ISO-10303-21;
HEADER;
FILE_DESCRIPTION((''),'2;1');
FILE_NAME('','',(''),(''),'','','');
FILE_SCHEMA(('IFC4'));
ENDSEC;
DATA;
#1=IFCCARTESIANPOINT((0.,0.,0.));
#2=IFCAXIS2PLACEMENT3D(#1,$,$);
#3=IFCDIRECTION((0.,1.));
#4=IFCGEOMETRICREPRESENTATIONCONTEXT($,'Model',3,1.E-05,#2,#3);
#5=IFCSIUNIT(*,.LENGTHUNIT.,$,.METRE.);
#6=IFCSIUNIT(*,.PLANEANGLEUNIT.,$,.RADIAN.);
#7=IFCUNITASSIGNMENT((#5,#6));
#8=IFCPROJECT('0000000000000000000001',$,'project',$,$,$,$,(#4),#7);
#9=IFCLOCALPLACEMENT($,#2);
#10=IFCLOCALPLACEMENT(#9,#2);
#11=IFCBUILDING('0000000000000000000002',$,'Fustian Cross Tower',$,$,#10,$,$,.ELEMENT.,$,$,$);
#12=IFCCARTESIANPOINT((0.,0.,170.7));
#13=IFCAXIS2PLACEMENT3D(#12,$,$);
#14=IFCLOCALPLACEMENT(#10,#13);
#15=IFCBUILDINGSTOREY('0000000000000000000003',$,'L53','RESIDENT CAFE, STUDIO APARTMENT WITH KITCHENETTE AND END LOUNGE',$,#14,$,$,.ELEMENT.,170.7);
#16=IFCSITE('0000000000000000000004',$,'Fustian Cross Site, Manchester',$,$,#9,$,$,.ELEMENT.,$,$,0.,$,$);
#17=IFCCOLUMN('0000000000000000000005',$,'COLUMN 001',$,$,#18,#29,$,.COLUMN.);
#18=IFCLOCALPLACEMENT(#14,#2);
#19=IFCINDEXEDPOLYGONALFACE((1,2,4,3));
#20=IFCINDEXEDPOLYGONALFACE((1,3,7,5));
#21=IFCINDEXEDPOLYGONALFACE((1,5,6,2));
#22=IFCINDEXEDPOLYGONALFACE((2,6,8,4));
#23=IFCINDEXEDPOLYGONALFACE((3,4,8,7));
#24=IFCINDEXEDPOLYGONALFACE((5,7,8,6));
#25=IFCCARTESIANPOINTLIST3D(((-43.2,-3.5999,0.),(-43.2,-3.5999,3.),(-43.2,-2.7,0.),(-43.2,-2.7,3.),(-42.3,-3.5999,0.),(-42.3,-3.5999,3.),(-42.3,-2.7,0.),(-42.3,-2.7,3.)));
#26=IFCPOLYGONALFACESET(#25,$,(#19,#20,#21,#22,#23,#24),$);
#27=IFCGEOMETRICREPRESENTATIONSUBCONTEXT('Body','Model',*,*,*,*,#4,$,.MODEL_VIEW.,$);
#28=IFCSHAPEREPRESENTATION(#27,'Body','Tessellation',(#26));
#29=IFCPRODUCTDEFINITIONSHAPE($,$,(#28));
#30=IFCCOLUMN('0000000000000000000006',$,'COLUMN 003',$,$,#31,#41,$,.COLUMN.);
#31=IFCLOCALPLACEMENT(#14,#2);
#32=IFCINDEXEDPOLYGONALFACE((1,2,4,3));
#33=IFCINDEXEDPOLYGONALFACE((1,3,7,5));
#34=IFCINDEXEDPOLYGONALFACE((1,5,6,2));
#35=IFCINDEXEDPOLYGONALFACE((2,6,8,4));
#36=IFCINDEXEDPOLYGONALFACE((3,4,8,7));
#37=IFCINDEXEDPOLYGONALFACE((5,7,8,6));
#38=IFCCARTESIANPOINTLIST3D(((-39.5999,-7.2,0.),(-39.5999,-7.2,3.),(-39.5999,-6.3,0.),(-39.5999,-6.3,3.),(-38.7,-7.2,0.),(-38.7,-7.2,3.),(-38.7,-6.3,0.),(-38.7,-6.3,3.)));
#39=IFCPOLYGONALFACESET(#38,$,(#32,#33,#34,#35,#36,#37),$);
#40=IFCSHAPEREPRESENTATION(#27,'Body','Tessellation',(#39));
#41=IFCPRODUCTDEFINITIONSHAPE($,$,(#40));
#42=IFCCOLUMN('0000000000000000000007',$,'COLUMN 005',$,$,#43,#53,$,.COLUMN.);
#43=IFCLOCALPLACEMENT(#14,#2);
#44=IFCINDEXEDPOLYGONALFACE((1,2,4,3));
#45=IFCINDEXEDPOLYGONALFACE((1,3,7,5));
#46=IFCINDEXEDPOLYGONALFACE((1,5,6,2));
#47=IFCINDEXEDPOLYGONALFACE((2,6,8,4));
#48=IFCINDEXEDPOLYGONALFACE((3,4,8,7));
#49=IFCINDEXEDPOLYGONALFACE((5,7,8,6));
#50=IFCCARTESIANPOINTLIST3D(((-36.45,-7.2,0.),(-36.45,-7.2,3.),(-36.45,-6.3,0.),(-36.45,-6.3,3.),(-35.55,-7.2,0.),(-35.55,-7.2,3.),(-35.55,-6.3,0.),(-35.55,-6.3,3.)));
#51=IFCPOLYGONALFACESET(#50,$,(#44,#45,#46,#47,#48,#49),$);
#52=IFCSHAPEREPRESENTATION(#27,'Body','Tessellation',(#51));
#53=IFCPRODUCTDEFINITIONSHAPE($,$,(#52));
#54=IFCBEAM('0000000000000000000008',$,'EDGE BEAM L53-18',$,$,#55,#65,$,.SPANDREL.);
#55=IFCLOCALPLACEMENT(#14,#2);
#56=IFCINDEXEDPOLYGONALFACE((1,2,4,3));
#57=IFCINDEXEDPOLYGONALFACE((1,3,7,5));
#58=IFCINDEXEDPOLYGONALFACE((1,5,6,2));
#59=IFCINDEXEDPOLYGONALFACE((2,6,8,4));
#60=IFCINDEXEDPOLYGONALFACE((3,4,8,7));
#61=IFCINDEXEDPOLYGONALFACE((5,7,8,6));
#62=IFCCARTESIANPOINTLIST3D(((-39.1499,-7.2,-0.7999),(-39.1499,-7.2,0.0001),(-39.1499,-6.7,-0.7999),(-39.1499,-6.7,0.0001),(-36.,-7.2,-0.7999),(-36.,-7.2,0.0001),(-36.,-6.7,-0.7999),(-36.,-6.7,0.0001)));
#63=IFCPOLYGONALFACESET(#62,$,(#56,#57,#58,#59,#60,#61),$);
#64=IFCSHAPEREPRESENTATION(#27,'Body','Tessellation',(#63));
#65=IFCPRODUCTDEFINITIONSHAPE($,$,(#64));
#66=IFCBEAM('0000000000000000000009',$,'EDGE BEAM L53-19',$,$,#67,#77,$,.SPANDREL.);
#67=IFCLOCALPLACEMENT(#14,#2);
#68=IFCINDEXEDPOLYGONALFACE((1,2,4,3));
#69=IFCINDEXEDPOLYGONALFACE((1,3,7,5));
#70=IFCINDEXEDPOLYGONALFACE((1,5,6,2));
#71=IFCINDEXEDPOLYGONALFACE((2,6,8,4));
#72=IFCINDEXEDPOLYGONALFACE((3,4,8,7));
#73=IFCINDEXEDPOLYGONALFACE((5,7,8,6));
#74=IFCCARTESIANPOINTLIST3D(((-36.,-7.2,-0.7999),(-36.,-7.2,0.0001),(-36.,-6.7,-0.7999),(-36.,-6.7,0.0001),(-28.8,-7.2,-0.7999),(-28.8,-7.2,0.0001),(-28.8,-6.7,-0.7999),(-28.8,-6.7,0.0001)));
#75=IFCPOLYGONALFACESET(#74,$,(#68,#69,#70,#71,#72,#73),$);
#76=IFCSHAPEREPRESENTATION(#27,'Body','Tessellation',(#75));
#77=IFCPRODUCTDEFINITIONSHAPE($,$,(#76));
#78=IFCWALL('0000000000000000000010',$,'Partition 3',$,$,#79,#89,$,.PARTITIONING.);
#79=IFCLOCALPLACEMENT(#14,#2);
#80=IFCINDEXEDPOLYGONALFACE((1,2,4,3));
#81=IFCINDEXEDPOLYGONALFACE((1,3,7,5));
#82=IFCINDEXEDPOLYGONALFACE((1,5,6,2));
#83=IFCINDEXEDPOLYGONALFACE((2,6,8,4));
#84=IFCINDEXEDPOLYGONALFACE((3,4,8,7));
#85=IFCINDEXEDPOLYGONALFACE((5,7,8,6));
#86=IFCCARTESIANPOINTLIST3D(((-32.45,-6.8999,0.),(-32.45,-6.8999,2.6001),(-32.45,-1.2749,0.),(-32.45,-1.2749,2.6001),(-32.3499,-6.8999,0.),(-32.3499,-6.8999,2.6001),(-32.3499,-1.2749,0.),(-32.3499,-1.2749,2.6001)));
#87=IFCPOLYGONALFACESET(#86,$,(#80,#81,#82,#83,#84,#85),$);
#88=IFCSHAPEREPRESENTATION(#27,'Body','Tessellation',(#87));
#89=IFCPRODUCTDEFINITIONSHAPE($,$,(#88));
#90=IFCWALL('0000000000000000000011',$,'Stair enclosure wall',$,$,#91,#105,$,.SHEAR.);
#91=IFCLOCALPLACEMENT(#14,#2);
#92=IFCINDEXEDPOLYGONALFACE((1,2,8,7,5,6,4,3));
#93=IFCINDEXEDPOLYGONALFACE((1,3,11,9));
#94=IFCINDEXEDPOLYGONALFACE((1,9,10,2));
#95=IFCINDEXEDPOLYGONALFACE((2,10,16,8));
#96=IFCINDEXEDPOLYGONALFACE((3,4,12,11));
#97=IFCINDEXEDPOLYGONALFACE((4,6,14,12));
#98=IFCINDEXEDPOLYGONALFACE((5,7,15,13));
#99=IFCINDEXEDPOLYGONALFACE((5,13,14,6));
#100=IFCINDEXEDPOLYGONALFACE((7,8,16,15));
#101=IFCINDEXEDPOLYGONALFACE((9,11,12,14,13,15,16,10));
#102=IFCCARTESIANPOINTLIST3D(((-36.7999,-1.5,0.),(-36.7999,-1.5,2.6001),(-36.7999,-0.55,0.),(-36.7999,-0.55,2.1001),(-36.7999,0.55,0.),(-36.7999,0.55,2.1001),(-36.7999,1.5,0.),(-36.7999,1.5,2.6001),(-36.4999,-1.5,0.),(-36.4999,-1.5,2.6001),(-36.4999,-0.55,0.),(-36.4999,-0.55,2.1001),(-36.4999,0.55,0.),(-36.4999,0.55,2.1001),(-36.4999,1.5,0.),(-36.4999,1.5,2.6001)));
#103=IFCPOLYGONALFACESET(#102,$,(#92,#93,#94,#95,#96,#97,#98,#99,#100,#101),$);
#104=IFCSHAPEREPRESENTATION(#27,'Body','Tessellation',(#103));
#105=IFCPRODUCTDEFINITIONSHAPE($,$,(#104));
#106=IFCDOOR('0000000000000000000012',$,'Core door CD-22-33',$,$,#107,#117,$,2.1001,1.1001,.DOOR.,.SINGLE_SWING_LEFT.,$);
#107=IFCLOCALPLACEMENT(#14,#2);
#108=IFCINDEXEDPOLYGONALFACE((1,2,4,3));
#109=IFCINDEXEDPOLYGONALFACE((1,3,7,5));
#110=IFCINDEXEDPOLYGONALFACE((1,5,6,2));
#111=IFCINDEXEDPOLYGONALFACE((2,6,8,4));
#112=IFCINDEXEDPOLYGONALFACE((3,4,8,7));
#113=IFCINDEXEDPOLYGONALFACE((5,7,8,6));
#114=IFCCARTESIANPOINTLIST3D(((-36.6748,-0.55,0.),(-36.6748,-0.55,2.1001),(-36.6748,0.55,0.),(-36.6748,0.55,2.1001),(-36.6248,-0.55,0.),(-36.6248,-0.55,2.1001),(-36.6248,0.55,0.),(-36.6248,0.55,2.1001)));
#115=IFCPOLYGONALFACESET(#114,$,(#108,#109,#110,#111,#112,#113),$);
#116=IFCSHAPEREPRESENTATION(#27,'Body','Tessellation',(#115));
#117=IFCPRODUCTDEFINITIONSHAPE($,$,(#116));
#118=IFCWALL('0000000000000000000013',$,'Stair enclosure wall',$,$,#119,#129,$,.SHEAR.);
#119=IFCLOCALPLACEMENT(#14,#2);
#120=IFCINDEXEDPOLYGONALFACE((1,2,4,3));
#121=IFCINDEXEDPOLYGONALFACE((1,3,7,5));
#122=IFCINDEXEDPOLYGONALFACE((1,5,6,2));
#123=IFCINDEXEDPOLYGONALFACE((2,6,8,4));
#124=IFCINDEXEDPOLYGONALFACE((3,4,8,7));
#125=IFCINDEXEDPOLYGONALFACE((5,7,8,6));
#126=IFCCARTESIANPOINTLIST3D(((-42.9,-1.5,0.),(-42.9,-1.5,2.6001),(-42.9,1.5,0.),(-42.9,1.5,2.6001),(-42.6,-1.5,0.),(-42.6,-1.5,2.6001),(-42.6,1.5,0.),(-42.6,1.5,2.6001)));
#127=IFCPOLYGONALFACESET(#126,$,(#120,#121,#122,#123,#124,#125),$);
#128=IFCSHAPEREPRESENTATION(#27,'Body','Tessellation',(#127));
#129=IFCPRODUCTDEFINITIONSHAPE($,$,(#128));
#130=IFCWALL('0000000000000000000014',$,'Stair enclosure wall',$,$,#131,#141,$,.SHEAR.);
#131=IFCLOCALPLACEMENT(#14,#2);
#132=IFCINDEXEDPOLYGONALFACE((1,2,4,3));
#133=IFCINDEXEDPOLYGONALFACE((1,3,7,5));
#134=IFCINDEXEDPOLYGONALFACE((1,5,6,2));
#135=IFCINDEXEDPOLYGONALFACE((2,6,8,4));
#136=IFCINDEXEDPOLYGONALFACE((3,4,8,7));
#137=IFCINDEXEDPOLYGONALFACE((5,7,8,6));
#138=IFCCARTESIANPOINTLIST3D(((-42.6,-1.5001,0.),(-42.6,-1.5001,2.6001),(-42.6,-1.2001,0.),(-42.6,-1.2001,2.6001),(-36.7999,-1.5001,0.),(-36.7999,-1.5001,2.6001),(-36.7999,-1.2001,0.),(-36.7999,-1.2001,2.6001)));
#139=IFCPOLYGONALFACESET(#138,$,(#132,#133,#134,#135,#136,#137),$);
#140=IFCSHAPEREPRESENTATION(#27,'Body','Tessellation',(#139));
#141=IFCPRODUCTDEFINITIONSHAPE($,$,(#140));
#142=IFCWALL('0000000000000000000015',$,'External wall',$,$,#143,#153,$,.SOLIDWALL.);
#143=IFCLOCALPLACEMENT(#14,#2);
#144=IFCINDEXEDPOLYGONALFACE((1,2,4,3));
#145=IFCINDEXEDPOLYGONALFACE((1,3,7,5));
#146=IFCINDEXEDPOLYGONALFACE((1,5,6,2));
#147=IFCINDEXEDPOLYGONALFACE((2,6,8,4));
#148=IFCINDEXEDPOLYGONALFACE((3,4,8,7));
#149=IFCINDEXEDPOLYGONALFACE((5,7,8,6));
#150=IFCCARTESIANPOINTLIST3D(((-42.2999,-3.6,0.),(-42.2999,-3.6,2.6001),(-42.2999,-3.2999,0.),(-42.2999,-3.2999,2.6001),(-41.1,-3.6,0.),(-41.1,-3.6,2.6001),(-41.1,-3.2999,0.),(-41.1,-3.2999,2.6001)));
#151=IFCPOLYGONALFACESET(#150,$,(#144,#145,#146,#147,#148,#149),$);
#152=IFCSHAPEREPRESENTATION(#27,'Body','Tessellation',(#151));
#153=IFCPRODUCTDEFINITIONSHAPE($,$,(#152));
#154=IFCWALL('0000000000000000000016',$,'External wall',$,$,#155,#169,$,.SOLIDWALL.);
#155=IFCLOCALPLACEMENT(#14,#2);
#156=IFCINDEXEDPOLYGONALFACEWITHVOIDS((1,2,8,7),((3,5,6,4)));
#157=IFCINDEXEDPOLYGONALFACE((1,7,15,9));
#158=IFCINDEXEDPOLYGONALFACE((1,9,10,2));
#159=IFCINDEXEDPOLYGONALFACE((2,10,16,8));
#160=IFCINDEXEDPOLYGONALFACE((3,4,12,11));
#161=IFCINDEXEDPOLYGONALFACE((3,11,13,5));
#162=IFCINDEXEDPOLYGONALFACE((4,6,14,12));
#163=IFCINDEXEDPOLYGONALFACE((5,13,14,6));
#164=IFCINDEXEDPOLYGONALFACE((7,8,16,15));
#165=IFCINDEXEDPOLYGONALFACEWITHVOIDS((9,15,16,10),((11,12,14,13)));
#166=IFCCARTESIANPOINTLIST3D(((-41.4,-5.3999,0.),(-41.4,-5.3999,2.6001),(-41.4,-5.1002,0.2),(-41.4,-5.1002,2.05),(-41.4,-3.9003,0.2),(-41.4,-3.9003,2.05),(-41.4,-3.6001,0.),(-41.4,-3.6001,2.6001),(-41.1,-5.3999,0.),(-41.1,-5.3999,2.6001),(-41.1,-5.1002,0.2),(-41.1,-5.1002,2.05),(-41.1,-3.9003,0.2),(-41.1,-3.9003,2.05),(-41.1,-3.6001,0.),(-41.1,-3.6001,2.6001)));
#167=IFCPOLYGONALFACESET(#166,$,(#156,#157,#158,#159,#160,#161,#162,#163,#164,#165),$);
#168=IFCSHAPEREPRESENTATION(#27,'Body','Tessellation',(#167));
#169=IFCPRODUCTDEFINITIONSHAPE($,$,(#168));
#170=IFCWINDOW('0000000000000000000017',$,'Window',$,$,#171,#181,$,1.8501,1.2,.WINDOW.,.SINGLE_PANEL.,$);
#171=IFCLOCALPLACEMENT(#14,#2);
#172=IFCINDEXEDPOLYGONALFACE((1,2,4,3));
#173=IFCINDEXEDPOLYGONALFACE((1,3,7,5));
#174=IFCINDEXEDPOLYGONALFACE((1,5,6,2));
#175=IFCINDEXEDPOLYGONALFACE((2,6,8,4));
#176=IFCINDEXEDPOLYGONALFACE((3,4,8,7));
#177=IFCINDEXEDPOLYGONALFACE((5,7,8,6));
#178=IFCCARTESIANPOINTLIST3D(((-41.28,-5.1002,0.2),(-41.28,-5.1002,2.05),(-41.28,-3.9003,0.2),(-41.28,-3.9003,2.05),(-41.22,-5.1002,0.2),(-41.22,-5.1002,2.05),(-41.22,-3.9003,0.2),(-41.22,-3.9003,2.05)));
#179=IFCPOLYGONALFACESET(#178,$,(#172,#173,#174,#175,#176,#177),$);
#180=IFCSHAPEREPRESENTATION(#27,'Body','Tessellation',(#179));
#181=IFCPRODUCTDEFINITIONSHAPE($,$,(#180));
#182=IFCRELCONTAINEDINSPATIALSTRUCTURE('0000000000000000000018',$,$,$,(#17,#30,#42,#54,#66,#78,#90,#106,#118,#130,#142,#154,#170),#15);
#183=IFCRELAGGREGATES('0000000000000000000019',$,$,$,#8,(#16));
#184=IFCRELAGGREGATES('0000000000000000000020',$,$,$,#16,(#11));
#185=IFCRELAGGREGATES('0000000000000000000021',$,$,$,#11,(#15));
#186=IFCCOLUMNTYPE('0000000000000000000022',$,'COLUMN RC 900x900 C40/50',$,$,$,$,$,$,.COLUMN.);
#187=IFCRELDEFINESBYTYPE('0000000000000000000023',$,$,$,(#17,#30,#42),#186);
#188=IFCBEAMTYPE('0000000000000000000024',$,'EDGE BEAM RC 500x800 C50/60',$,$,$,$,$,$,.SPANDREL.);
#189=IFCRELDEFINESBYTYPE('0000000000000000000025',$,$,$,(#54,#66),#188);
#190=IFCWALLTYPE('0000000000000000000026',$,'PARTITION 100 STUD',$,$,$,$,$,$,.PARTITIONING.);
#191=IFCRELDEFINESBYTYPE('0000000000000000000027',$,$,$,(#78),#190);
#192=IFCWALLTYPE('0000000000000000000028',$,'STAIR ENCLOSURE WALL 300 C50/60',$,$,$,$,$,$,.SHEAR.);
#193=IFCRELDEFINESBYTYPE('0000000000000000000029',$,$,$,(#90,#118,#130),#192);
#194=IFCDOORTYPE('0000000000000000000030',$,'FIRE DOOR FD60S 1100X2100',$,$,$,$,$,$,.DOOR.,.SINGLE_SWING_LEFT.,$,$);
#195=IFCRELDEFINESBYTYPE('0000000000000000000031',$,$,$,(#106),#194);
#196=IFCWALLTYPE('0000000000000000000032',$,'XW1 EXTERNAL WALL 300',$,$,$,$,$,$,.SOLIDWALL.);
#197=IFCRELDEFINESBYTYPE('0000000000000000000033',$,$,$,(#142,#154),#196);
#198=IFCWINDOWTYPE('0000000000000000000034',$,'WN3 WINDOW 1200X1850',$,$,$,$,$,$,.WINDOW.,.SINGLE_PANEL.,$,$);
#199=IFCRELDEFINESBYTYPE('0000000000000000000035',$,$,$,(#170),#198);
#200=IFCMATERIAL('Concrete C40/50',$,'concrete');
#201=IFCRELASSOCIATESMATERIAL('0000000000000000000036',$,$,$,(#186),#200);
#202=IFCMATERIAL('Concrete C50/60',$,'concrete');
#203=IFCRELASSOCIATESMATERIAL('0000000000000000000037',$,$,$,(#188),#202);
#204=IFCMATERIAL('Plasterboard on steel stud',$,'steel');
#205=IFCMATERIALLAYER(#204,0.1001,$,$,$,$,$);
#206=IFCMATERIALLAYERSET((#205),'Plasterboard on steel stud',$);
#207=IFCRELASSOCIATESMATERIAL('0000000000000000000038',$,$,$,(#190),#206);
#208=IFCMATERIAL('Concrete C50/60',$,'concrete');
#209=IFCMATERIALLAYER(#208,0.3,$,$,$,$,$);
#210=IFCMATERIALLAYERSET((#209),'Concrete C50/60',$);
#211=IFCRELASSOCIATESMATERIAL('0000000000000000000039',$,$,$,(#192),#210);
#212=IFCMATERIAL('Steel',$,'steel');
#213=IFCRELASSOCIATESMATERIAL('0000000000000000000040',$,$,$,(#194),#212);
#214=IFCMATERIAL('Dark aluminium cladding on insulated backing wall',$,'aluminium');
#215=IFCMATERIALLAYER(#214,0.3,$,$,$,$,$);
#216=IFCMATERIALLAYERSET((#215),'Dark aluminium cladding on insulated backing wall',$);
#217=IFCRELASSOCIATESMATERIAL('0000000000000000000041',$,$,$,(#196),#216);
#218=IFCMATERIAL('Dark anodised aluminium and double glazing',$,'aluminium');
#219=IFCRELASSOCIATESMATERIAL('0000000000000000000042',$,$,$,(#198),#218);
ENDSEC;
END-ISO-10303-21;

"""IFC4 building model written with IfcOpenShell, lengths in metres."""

from ifc_helpers import new_model, si_unit, direction, frame, frame_2d, origin, origin_2d, place, context, subcontext, project, spatial, rectangle, extrude, material, layer, layer_set, material_profile, profile_set, type_object, element, fill, save


model = new_model("IFC4")

# Units and contexts
model_context = context("Model", 3, precision=1e-05, world=origin(), true_north=direction((0.0, 1.0)))
body_context = subcontext(model_context, "Body", "Model", "MODEL_VIEW")
ifc_project = project(units=[si_unit("LENGTHUNIT", "METRE"), si_unit("PLANEANGLEUNIT", "RADIAN")], contexts=[model_context])

# Site, building, storey
site_placement = place(None, origin())
site = spatial("IfcSite", under=ifc_project, at=site_placement, Name="Fustian Cross Site, Manchester", CompositionType="ELEMENT", RefElevation=0.0)
building_placement = place(site_placement, origin())
building = spatial("IfcBuilding", under=site, at=building_placement, Name="Fustian Cross Tower", CompositionType="ELEMENT")
storey_placement = place(building_placement, frame((0.0, 0.0, 170.7)))
storey = spatial("IfcBuildingStorey", under=building, at=storey_placement, Name="L53", Description="RESIDENT CAFE, STUDIO APARTMENT WITH KITCHENETTE AND END LOUNGE", CompositionType="ELEMENT", Elevation=170.7)

# Columns
ifc_material_1 = material(Name="Concrete C40/50", Category="concrete")
ifc_material_profile_1 = material_profile(ifc_material_1, rectangle(XDim=0.8999, YDim=0.8999, at=origin_2d()), Name="RC 900x900")
ifc_profile_set_1 = profile_set([ifc_material_profile_1], Name="Concrete C40/50")
column_type = type_object("IfcColumnType", Name="COLUMN RC 900x900 C40/50", PredefinedType="COLUMN", material=ifc_profile_set_1)
for number, where, z_axis, x_axis, name in (
    (1, (-42.75, -3.1499, 0.0), (0.0, 0.0, 1.0), (1.0, 0.0, 0.0), "COLUMN 001"),
    (2, (-39.1499, -6.75, 0.0), (0.0, 0.0, 1.0), (1.0, 0.0, 0.0), "COLUMN 003"),
    (3, (-36.0, -6.75, 0.0), (0.0, 0.0, 1.0), (1.0, 0.0, 0.0), "COLUMN 005"),
):
    element("IfcColumn", number, at=place(storey_placement, frame(where, z_axis=z_axis, x_axis=x_axis)), inside=storey, type_object=column_type, Name=name, PredefinedType="COLUMN", context=body_context, shape_type="SweptSolid", body=[
        extrude(rectangle(XDim=0.8999, YDim=0.8999, at=origin_2d()), origin(), (0.0, 0.0, 1.0), 3.0),
    ])

# Beams
ifc_material_2 = material(Name="Concrete C50/60", Category="concrete")
ifc_material_profile_2 = material_profile(ifc_material_2, rectangle(XDim=0.5, YDim=0.8, at=origin_2d()), Name="RC 500x800")
ifc_profile_set_2 = profile_set([ifc_material_profile_2], Name="Concrete C50/60")
beam_type = type_object("IfcBeamType", Name="EDGE BEAM RC 500x800 C50/60", PredefinedType="SPANDREL", material=ifc_profile_set_2)
beam_1_placement = place(storey_placement, frame((-39.1499, -6.95, -0.3999), z_axis=(1.0, 0.0, 0.0), x_axis=(0.0, 1.0, 0.0)))
element("IfcBeam", 4, at=beam_1_placement, inside=storey, type_object=beam_type, Name="EDGE BEAM L53-18", PredefinedType="SPANDREL", context=body_context, shape_type="SweptSolid", body=[
    extrude(rectangle(XDim=0.5, YDim=0.8, at=origin_2d()), origin(), (0.0, 0.0, 1.0), 3.1499),
])
beam_2_placement = place(storey_placement, frame((-36.0, -6.95, -0.3999), z_axis=(1.0, 0.0, 0.0), x_axis=(0.0, 1.0, 0.0)))
element("IfcBeam", 5, at=beam_2_placement, inside=storey, type_object=beam_type, Name="EDGE BEAM L53-19", PredefinedType="SPANDREL", context=body_context, shape_type="SweptSolid", body=[
    extrude(rectangle(XDim=0.5, YDim=0.8, at=origin_2d()), origin(), (0.0, 0.0, 1.0), 7.2),
])

# Wall
ifc_material_3 = material(Name="Plasterboard on steel stud", Category="steel")
ifc_layer_1 = layer(ifc_material_3, 0.1001)
ifc_layer_set_1 = layer_set([ifc_layer_1], Name="Plasterboard on steel stud")
wall_type_1 = type_object("IfcWallType", Name="PARTITION 100 STUD", PredefinedType="PARTITIONING", material=ifc_layer_set_1)
wall_1_placement = place(storey_placement, frame((-32.3999, -6.8999, 0.0), z_axis=(0.0, 0.0, 1.0), x_axis=(0.0, 1.0, 0.0)))
element("IfcWall", 6, at=wall_1_placement, inside=storey, type_object=wall_type_1, Name="Partition 3", PredefinedType="PARTITIONING", context=body_context, shape_type="SweptSolid", body=[
    extrude(rectangle(XDim=5.625, YDim=0.1001, at=frame_2d((2.8125, 0.0))), origin(), (0.0, 0.0, 1.0), 2.6001),
])

# Wall, opening, door
ifc_material_4 = material(Name="Concrete C50/60", Category="concrete")
ifc_layer_2 = layer(ifc_material_4, 0.3)
ifc_layer_set_2 = layer_set([ifc_layer_2], Name="Concrete C50/60")
wall_type_2 = type_object("IfcWallType", Name="STAIR ENCLOSURE WALL 300 C50/60", PredefinedType="SHEAR", material=ifc_layer_set_2)
wall_2_placement = place(storey_placement, frame((-36.6499, -1.5, 0.0), z_axis=(0.0, 0.0, 1.0), x_axis=(0.0, 1.0, 0.0)))
wall_2 = element("IfcWall", 7, at=wall_2_placement, inside=storey, type_object=wall_type_2, Name="Stair enclosure wall", PredefinedType="SHEAR", context=body_context, shape_type="SweptSolid", body=[
    extrude(rectangle(XDim=3.0, YDim=0.3, at=frame_2d((1.5, 0.0))), origin(), (0.0, 0.0, 1.0), 2.6001),
])
opening_1_placement = place(wall_2_placement, frame((0.95, 0.0, 0.0)))
opening_1 = element("IfcOpeningElement", 8, at=opening_1_placement, cuts=wall_2, PredefinedType="OPENING", context=body_context, shape_type="SweptSolid", body=[
    extrude(rectangle(XDim=1.1001, YDim=2.1001, at=frame_2d((0.55, 1.05))), frame((0.0, 0.1599, 0.0), z_axis=(0.0, -1.0, 0.0), x_axis=(1.0, 0.0, 0.0)), (0.0, 0.0, 1.0), 0.3201),
])
ifc_material_5 = material(Name="Steel", Category="steel")
door_type = type_object("IfcDoorType", Name="FIRE DOOR FD60S 1100X2100", OperationType="SINGLE_SWING_LEFT", PredefinedType="DOOR", material=ifc_material_5)
door_placement = place(opening_1_placement, origin())
door = element("IfcDoor", 9, at=door_placement, inside=storey, type_object=door_type, Name="Core door CD-22-33", OperationType="SINGLE_SWING_LEFT", OverallHeight=2.1001, OverallWidth=1.1001, PredefinedType="DOOR", context=body_context, shape_type="SweptSolid", body=[
    extrude(rectangle(XDim=1.1001, YDim=2.1001, at=frame_2d((0.55, 1.05))), frame((0.0, 0.0249, 0.0), z_axis=(0.0, -1.0, 0.0), x_axis=(1.0, 0.0, 0.0)), (0.0, 0.0, 1.0), 0.05),
])
fill(opening_1, door)

# Walls
wall_3_placement = place(storey_placement, frame((-42.75, -1.5, 0.0), z_axis=(0.0, 0.0, 1.0), x_axis=(0.0, 1.0, 0.0)))
element("IfcWall", 10, at=wall_3_placement, inside=storey, type_object=wall_type_2, Name="Stair enclosure wall", PredefinedType="SHEAR", context=body_context, shape_type="SweptSolid", body=[
    extrude(rectangle(XDim=3.0, YDim=0.3, at=frame_2d((1.5, 0.0))), origin(), (0.0, 0.0, 1.0), 2.6001),
])
wall_4_placement = place(storey_placement, frame((-36.8, -1.3501, 0.0), z_axis=(0.0, 0.0, 1.0), x_axis=(-1.0, 0.0, 0.0)))
element("IfcWall", 11, at=wall_4_placement, inside=storey, type_object=wall_type_2, Name="Stair enclosure wall", PredefinedType="SHEAR", context=body_context, shape_type="SweptSolid", body=[
    extrude(rectangle(XDim=5.8, YDim=0.3, at=frame_2d((2.8999, 0.0))), origin(), (0.0, 0.0, 1.0), 2.6001),
])
ifc_material_6 = material(Name="Dark aluminium cladding on insulated backing wall", Category="aluminium")
ifc_layer_3 = layer(ifc_material_6, 0.3)
ifc_layer_set_3 = layer_set([ifc_layer_3], Name="Dark aluminium cladding on insulated backing wall")
wall_type_3 = type_object("IfcWallType", Name="XW1 EXTERNAL WALL 300", PredefinedType="SOLIDWALL", material=ifc_layer_set_3)
wall_5_placement = place(storey_placement, frame((-42.3, -3.45, 0.0), z_axis=(0.0, 0.0, 1.0), x_axis=(1.0, 0.0, 0.0)))
element("IfcWall", 12, at=wall_5_placement, inside=storey, type_object=wall_type_3, Name="External wall", PredefinedType="SOLIDWALL", context=body_context, shape_type="SweptSolid", body=[
    extrude(rectangle(XDim=1.2, YDim=0.3, at=frame_2d((0.6001, 0.0))), origin(), (0.0, 0.0, 1.0), 2.6001),
])

# Wall, opening, window
wall_6_placement = place(storey_placement, frame((-41.25, -3.6001, 0.0), z_axis=(0.0, 0.0, 1.0), x_axis=(0.0, -1.0, 0.0)))
wall_6 = element("IfcWall", 13, at=wall_6_placement, inside=storey, type_object=wall_type_3, Name="External wall", PredefinedType="SOLIDWALL", context=body_context, shape_type="SweptSolid", body=[
    extrude(rectangle(XDim=1.7998, YDim=0.3, at=frame_2d((0.8999, 0.0))), origin(), (0.0, 0.0, 1.0), 2.6001),
])
opening_2_placement = place(wall_6_placement, frame((0.3, 0.0, 0.2)))
opening_2 = element("IfcOpeningElement", 14, at=opening_2_placement, cuts=wall_6, PredefinedType="OPENING", context=body_context, shape_type="SweptSolid", body=[
    extrude(rectangle(XDim=1.2, YDim=1.8501, at=frame_2d((0.6001, 0.925))), frame((0.0, 0.1599, 0.0), z_axis=(0.0, -1.0, 0.0), x_axis=(1.0, 0.0, 0.0)), (0.0, 0.0, 1.0), 0.3201),
])
ifc_material_7 = material(Name="Dark anodised aluminium and double glazing", Category="aluminium")
window_type_1 = type_object("IfcWindowType", Name="WN3 WINDOW 1200X1850", PartitioningType="SINGLE_PANEL", PredefinedType="WINDOW", material=ifc_material_7)
window_1_placement = place(opening_2_placement, origin())
window_1 = element("IfcWindow", 15, at=window_1_placement, inside=storey, type_object=window_type_1, Name="Window", OverallHeight=1.8501, OverallWidth=1.2, PartitioningType="SINGLE_PANEL", PredefinedType="WINDOW", context=body_context, shape_type="SweptSolid", body=[
    extrude(rectangle(XDim=1.2, YDim=1.8501, at=frame_2d((0.6001, 0.925))), frame((0.0, 0.03, 0.0), z_axis=(0.0, -1.0, 0.0), x_axis=(1.0, 0.0, 0.0)), (0.0, 0.0, 1.0), 0.0601),
])
fill(opening_2, window_1)

save(model, "model.ifc")
